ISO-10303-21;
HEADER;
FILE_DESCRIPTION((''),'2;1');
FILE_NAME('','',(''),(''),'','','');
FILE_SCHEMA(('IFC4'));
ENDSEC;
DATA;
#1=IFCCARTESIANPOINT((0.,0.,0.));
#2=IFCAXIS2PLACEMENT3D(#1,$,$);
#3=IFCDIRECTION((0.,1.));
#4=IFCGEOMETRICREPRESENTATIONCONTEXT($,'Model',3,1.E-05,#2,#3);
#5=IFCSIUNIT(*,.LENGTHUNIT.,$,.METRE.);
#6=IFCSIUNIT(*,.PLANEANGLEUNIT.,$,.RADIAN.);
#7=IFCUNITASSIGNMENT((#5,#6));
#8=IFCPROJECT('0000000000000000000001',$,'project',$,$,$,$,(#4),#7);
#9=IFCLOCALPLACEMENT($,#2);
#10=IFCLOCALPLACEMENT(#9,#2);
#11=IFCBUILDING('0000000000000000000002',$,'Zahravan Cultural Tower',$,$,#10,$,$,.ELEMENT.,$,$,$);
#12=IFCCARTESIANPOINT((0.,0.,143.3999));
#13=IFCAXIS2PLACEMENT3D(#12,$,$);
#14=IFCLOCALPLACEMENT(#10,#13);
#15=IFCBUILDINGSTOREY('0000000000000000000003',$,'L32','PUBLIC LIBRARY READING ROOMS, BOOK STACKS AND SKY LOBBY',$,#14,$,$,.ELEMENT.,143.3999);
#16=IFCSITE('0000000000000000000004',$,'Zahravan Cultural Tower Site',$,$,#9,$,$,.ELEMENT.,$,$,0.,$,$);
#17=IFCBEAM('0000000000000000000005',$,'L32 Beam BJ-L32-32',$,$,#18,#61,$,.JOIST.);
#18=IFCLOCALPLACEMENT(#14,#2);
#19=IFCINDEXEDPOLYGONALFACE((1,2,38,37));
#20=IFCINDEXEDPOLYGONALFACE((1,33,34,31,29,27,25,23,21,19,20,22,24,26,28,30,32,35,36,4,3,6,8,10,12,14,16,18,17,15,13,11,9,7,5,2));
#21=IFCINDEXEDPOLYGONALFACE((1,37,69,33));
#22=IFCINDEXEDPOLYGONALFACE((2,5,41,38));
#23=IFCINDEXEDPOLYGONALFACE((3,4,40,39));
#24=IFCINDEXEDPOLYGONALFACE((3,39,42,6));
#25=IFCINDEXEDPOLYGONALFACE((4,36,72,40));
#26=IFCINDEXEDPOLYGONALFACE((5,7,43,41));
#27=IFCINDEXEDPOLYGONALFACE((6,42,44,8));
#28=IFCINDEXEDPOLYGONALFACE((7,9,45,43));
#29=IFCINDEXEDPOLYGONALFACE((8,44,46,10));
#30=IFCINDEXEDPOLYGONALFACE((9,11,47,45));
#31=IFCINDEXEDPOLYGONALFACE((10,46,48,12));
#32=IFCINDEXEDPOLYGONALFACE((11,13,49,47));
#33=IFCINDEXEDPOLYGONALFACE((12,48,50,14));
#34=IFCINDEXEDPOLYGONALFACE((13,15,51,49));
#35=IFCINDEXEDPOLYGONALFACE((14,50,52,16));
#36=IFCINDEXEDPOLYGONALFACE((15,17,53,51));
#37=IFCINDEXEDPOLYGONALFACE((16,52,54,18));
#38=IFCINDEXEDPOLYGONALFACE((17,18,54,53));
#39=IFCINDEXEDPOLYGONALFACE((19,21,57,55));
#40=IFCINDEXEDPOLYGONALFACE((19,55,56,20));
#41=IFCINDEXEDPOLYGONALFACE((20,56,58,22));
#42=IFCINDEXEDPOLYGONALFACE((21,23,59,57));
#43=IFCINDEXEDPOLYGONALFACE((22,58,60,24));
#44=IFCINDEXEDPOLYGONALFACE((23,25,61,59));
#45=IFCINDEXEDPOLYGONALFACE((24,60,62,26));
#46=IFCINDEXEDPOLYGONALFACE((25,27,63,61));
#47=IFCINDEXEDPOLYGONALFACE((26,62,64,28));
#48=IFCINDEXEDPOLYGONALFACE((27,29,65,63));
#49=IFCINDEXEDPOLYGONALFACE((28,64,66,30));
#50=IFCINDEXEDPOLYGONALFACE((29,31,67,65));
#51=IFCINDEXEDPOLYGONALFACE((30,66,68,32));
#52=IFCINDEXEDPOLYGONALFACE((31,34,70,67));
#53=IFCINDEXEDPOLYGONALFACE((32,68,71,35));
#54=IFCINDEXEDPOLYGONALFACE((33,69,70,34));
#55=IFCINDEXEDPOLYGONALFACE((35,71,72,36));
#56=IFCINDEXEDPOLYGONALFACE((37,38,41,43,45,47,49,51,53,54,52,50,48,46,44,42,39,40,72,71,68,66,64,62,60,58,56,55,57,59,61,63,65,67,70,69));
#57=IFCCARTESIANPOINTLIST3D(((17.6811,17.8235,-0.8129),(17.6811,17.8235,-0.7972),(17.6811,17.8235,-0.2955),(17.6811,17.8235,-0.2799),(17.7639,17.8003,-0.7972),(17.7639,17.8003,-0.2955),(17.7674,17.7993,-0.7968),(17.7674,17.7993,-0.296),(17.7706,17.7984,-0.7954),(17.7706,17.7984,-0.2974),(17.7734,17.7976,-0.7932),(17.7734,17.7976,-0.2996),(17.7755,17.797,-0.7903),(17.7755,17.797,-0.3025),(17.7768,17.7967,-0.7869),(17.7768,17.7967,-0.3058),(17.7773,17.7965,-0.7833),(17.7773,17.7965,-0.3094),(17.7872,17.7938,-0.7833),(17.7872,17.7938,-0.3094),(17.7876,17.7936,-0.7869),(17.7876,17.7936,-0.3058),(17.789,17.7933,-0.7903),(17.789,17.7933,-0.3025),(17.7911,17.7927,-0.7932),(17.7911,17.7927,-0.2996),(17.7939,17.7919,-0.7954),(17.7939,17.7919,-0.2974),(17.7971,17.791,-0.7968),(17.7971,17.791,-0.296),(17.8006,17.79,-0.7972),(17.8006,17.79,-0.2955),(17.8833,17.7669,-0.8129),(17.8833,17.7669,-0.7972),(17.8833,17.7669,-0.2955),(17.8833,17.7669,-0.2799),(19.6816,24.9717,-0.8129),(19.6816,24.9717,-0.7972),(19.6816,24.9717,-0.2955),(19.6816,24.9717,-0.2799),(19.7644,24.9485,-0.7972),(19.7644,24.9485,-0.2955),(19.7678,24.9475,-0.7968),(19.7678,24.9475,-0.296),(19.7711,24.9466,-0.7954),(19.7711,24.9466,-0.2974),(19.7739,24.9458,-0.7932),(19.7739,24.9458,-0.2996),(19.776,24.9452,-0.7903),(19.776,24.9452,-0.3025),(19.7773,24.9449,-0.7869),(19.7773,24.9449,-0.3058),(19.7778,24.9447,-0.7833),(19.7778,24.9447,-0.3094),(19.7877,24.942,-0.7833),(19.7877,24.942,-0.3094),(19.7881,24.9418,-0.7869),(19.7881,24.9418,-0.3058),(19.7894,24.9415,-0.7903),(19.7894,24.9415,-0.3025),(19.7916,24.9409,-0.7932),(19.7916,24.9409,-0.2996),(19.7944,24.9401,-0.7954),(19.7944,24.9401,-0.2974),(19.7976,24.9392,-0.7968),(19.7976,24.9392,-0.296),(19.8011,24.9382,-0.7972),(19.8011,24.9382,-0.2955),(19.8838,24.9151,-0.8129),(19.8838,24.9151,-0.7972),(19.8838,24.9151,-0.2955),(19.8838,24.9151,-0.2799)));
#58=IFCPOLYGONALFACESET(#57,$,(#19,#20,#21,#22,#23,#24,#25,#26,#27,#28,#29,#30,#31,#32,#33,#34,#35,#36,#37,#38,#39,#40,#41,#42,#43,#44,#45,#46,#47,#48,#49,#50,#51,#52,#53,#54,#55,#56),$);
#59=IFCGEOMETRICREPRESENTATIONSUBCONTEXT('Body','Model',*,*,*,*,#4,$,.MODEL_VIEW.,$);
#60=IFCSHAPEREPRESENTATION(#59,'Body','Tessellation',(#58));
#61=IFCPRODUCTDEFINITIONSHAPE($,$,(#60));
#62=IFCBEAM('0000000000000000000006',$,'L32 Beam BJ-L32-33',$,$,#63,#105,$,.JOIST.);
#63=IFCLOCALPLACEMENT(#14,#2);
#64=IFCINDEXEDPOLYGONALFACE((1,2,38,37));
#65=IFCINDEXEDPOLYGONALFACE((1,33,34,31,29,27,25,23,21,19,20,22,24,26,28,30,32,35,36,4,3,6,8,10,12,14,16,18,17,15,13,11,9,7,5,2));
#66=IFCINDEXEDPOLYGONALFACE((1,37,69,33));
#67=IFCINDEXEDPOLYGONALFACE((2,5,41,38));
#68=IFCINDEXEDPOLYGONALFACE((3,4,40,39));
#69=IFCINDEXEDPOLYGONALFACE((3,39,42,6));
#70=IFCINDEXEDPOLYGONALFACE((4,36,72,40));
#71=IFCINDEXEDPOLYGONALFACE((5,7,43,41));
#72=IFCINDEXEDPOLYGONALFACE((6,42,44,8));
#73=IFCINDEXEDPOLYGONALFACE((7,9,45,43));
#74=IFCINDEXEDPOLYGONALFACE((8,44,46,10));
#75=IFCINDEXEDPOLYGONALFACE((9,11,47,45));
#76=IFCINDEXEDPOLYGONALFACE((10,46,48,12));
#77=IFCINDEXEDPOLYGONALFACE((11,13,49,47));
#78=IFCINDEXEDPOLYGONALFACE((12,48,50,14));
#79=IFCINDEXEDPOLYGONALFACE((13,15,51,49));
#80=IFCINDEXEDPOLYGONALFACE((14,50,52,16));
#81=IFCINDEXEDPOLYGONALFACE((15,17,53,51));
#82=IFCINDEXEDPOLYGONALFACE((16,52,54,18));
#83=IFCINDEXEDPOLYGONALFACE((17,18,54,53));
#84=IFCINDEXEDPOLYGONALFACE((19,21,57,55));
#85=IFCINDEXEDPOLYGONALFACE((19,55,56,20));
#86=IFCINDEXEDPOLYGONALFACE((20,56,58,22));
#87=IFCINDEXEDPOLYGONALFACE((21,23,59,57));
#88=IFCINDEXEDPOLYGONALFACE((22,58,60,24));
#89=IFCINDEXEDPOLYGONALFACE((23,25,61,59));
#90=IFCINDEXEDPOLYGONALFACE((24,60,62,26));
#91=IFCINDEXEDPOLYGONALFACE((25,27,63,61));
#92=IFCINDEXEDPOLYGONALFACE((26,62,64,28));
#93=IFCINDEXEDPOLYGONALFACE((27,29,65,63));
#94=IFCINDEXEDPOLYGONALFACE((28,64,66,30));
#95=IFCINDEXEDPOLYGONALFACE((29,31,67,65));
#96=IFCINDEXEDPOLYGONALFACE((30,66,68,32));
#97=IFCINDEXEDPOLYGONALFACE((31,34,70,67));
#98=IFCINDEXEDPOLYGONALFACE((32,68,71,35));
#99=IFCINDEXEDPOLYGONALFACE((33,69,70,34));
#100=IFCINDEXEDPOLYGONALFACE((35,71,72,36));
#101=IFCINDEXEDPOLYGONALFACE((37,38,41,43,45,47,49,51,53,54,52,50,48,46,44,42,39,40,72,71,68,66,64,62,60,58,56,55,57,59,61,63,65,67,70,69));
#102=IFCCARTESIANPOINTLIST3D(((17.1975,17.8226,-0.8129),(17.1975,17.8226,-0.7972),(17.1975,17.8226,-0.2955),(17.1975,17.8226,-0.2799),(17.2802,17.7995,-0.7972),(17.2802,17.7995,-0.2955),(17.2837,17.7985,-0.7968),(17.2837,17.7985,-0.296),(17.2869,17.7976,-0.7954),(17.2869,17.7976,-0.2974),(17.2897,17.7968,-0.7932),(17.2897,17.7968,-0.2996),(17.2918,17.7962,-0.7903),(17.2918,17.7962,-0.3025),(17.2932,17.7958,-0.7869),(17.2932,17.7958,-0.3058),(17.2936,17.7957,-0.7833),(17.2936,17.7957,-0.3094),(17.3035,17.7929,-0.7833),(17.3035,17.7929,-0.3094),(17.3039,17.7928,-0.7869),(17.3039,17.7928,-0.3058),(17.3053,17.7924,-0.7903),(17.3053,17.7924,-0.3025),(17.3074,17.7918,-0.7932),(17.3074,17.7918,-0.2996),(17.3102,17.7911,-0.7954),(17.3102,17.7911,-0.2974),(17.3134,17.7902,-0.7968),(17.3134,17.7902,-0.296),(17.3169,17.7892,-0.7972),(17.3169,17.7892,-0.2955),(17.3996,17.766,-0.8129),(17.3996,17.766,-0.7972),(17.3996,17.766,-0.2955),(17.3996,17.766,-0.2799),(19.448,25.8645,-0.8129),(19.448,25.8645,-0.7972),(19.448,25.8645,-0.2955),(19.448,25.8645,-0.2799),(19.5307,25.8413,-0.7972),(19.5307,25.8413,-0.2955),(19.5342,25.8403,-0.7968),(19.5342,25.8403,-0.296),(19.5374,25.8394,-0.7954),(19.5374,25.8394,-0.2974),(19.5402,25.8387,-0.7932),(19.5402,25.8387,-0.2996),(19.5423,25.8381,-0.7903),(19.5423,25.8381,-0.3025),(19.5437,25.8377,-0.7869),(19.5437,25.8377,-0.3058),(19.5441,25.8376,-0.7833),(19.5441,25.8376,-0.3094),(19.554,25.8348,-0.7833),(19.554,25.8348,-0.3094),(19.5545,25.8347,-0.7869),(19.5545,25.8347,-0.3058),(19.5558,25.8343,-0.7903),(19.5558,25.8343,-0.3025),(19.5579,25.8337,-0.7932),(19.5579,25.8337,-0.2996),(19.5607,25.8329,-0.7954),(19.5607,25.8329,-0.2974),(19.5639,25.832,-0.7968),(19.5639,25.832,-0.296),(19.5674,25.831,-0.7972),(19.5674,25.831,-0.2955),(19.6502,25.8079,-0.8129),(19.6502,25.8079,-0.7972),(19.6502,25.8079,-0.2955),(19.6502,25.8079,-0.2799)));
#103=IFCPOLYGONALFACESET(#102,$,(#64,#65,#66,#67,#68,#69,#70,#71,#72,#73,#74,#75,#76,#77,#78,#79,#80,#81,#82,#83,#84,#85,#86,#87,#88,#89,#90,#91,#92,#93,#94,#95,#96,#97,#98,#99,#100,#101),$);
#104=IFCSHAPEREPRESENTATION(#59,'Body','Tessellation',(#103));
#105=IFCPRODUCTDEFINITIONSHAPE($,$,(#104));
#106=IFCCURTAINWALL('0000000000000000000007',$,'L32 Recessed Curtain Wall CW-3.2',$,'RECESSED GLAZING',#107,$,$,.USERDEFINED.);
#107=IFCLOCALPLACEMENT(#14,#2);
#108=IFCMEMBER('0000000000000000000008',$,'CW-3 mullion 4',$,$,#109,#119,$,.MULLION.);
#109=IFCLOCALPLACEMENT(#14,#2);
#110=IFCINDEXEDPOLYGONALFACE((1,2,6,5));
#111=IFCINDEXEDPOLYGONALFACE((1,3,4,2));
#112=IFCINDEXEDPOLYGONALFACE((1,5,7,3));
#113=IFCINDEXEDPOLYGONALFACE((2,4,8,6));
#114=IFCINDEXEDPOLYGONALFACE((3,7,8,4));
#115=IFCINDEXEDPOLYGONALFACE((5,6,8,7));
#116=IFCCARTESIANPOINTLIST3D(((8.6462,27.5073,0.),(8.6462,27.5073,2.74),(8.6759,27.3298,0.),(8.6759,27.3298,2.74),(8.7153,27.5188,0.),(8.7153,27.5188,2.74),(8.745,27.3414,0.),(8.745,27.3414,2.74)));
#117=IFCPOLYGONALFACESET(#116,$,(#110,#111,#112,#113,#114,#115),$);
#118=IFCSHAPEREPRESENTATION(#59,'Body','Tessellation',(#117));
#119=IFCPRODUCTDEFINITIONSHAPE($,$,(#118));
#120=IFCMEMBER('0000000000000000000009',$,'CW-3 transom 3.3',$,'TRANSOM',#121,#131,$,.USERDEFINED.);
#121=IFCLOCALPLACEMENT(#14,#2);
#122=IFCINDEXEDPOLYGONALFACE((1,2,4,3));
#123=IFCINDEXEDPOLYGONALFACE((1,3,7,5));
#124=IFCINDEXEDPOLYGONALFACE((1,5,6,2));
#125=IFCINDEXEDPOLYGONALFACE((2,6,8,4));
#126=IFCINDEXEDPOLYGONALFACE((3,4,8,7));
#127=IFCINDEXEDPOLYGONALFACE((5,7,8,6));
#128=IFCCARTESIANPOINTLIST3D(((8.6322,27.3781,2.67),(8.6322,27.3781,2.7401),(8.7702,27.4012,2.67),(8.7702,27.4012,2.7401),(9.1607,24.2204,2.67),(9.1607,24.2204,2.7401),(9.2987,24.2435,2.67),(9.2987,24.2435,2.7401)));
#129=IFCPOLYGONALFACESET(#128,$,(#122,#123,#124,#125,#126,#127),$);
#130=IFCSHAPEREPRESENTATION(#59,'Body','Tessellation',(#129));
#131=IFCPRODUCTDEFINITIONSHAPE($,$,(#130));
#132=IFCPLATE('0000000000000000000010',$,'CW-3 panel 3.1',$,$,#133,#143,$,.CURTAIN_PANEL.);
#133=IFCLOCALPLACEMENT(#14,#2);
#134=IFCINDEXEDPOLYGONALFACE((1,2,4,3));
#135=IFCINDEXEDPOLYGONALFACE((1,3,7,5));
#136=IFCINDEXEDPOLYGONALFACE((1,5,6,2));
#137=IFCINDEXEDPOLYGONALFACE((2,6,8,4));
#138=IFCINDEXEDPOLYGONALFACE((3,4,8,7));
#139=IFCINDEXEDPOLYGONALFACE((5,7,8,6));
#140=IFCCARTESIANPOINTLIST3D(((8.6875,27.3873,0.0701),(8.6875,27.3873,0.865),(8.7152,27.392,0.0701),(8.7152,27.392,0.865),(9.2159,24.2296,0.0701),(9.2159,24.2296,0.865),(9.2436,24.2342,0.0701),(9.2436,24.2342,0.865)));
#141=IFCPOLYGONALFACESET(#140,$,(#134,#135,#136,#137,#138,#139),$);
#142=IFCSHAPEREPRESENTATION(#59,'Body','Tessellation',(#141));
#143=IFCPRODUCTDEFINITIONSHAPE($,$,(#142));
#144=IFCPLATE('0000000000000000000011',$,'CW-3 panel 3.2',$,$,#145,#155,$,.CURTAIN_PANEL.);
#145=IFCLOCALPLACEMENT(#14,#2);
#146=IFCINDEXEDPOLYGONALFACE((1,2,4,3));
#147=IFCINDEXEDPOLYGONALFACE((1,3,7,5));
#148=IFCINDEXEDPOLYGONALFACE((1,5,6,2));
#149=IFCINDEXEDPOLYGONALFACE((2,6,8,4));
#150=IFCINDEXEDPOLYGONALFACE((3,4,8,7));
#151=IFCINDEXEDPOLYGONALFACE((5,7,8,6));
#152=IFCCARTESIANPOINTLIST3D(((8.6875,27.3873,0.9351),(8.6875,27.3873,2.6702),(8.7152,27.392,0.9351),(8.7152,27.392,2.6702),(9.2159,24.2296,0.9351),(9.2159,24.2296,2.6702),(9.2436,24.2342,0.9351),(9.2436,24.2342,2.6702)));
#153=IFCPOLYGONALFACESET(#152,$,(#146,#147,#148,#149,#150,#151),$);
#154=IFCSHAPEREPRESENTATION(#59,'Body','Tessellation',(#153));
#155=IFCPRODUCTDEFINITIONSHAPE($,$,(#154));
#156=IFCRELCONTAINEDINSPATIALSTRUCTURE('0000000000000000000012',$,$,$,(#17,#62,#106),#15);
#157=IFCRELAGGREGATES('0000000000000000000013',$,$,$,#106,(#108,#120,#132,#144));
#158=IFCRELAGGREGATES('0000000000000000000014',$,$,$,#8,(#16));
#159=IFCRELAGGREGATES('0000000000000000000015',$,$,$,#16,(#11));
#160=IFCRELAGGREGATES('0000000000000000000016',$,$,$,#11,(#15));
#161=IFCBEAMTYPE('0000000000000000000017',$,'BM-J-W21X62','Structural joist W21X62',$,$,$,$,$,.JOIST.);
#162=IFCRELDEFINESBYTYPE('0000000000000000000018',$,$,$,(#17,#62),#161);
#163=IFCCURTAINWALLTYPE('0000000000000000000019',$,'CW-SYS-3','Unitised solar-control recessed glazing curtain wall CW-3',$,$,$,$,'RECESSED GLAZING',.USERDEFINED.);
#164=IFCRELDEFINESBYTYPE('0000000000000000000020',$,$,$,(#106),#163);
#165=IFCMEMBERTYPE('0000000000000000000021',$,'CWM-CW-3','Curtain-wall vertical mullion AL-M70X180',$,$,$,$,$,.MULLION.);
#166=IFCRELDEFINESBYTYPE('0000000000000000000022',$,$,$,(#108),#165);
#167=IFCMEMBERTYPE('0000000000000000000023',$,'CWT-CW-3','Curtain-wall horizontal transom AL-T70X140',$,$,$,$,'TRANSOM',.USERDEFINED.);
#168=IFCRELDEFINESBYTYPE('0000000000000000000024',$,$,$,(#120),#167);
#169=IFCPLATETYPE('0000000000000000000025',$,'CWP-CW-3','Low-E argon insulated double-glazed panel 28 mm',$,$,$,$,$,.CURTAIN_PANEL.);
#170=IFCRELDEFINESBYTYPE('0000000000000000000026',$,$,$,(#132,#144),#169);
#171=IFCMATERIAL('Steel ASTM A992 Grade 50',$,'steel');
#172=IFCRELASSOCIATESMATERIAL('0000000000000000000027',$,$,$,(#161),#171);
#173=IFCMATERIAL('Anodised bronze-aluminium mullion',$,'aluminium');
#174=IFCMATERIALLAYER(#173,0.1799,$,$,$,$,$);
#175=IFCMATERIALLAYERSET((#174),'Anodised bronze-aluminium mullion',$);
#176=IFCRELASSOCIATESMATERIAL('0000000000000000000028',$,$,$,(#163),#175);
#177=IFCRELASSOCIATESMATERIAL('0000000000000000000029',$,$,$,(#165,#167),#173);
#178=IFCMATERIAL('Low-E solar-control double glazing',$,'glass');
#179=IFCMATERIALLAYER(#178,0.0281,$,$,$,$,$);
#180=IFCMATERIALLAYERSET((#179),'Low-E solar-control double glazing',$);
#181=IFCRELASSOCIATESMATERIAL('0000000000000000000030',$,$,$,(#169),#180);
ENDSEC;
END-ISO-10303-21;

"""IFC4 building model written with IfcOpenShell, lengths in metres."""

from ifc_helpers import new_model, si_unit, direction, frame, origin, origin_2d, place, context, subcontext, project, spatial, rectangle, i_section, extrude, source, transform, mapped, material, layer, layer_set, material_profile, profile_set, type_object, element, aggregate, save


model = new_model("IFC4")

# Units and contexts
model_context = context("Model", 3, precision=1e-05, world=origin(), true_north=direction((0.0, 1.0)))
body_context = subcontext(model_context, "Body", "Model", "MODEL_VIEW")
ifc_project = project(units=[si_unit("LENGTHUNIT", "METRE"), si_unit("PLANEANGLEUNIT", "RADIAN")], contexts=[model_context])

# Site, building, storey
site_placement = place(None, origin())
site = spatial("IfcSite", under=ifc_project, at=site_placement, Name="Zahravan Cultural Tower Site", CompositionType="ELEMENT", RefElevation=0.0)
building_placement = place(site_placement, origin())
building = spatial("IfcBuilding", under=site, at=building_placement, Name="Zahravan Cultural Tower", CompositionType="ELEMENT")
storey_placement = place(building_placement, frame((0.0, 0.0, 143.3999)))
storey = spatial("IfcBuildingStorey", under=building, at=storey_placement, Name="L32", Description="PUBLIC LIBRARY READING ROOMS, BOOK STACKS AND SKY LOBBY", CompositionType="ELEMENT", Elevation=143.3999)

# Shared definitions
ifc_material_1 = material(Name="Steel ASTM A992 Grade 50", Category="steel")

# Beams
ifc_material_profile_1 = material_profile(ifc_material_1, i_section(OverallWidth=0.21, OverallDepth=0.533, WebThickness=0.0103, FlangeThickness=0.0156, FilletRadius=0.0139, at=origin_2d()), Name="W21X62")
ifc_profile_set_1 = profile_set([ifc_material_profile_1], Name="Steel ASTM A992 Grade 50")
beam_type_1 = type_object("IfcBeamType", Name="BM-J-W21X62", Description="Structural joist W21X62", PredefinedType="JOIST", material=ifc_profile_set_1)
shared_shape_1 = source(origin(), body_context, "Body", "SweptSolid", [
    extrude(i_section(OverallWidth=0.21, OverallDepth=0.533, WebThickness=0.0103, FlangeThickness=0.0156, FilletRadius=0.0139, at=origin_2d()), origin(), (0.0, 0.0, 1.0), 7.4229),
])
beam_1_placement = place(storey_placement, frame((19.7827, 24.9434, -0.5464), z_axis=(-0.269504, -0.962999, 0.0), x_axis=(0.962999, -0.269504, 0.0)))
element("IfcBeam", 1, at=beam_1_placement, inside=storey, type_object=beam_type_1, Name="L32 Beam BJ-L32-32", PredefinedType="JOIST", context=body_context, shape_type="MappedRepresentation", body=[
    mapped(shared_shape_1, transform((0.0, 0.0, 0.0), x_axis=(1.0, 0.0, 0.0), y_axis=(0.0, 1.0, 0.0), z_axis=(0.0, 0.0, 1.0), scale=1.0)),
])
shared_shape_2 = source(origin(), body_context, "Body", "SweptSolid", [
    extrude(i_section(OverallWidth=0.21, OverallDepth=0.533, WebThickness=0.0103, FlangeThickness=0.0156, FilletRadius=0.0139, at=origin_2d()), origin(), (0.0, 0.0, 1.0), 8.3508),
])
beam_2_placement = place(storey_placement, frame((19.5491, 25.8362, -0.5464), z_axis=(-0.269497, -0.963001, 0.0), x_axis=(0.963001, -0.269497, 0.0)))
element("IfcBeam", 2, at=beam_2_placement, inside=storey, type_object=beam_type_1, Name="L32 Beam BJ-L32-33", PredefinedType="JOIST", context=body_context, shape_type="MappedRepresentation", body=[
    mapped(shared_shape_2, transform((0.0, 0.0, 0.0), x_axis=(1.0, 0.0, 0.0), y_axis=(0.0, 1.0, 0.0), z_axis=(0.0, 0.0, 1.0), scale=1.0)),
])

# Curtain wall, members, plates
ifc_material_2 = material(Name="Anodised bronze-aluminium mullion", Category="aluminium")
ifc_layer_1 = layer(ifc_material_2, 0.1799)
ifc_layer_set_1 = layer_set([ifc_layer_1], Name="Anodised bronze-aluminium mullion")
curtain_wall_type = type_object("IfcCurtainWallType", Name="CW-SYS-3", Description="Unitised solar-control recessed glazing curtain wall CW-3", ElementType="RECESSED GLAZING", PredefinedType="USERDEFINED", material=ifc_layer_set_1)
curtain_wall_placement = place(storey_placement, origin())
curtain_wall = element("IfcCurtainWall", 3, at=curtain_wall_placement, inside=storey, type_object=curtain_wall_type, Name="L32 Recessed Curtain Wall CW-3.2", ObjectType="RECESSED GLAZING", PredefinedType="USERDEFINED")
ifc_material_profile_2 = material_profile(ifc_material_2, rectangle(XDim=0.0701, YDim=0.1799, at=origin_2d()), Name="AL-M70X180")
ifc_profile_set_2 = profile_set([ifc_material_profile_2], Name="Anodised bronze-aluminium mullion")
member_type_1 = type_object("IfcMemberType", Name="CWM-CW-3", Description="Curtain-wall vertical mullion AL-M70X180", PredefinedType="MULLION", material=ifc_profile_set_2)
shared_shape_3 = source(origin(), body_context, "Body", "SweptSolid", [
    extrude(rectangle(XDim=0.0701, YDim=0.1799, at=origin_2d()), origin(), (0.0, 0.0, 1.0), 2.74),
])
member_1_placement = place(storey_placement, frame((8.6956, 27.4243, 0.0), z_axis=(0.0, 0.0, 1.0), x_axis=(-0.986285, -0.165051, 0.0)))
member_1 = element("IfcMember", 4, at=member_1_placement, type_object=member_type_1, Name="CW-3 mullion 4", PredefinedType="MULLION", context=body_context, shape_type="MappedRepresentation", body=[
    mapped(shared_shape_3, transform((0.0, 0.0, 0.0), x_axis=(1.0, 0.0, 0.0), y_axis=(0.0, 1.0, 0.0), z_axis=(0.0, 0.0, 1.0), scale=1.0)),
])
ifc_material_profile_3 = material_profile(ifc_material_2, rectangle(XDim=0.1399, YDim=0.0701, at=origin_2d()), Name="AL-T70X140")
ifc_profile_set_3 = profile_set([ifc_material_profile_3], Name="Anodised bronze-aluminium mullion")
member_type_2 = type_object("IfcMemberType", Name="CWT-CW-3", Description="Curtain-wall horizontal transom AL-T70X140", ElementType="TRANSOM", PredefinedType="USERDEFINED", material=ifc_profile_set_3)
shared_shape_4 = source(origin(), body_context, "Body", "SweptSolid", [
    extrude(rectangle(XDim=0.1399, YDim=0.0701, at=origin_2d()), origin(), (0.0, 0.0, 1.0), 3.2017),
])
member_2_placement = place(storey_placement, frame((9.2297, 24.2319, 2.7051), z_axis=(-0.165091, 0.986278, 0.0), x_axis=(-0.986278, -0.165091, 0.0)))
member_2 = element("IfcMember", 5, at=member_2_placement, type_object=member_type_2, Name="CW-3 transom 3.3", ObjectType="TRANSOM", PredefinedType="USERDEFINED", context=body_context, shape_type="MappedRepresentation", body=[
    mapped(shared_shape_4, transform((0.0, 0.0, 0.0), x_axis=(1.0, 0.0, 0.0), y_axis=(0.0, 1.0, 0.0), z_axis=(0.0, 0.0, 1.0), scale=1.0)),
])
ifc_material_3 = material(Name="Low-E solar-control double glazing", Category="glass")
ifc_layer_2 = layer(ifc_material_3, 0.0281)
ifc_layer_set_2 = layer_set([ifc_layer_2], Name="Low-E solar-control double glazing")
plate_type = type_object("IfcPlateType", Name="CWP-CW-3", Description="Low-E argon insulated double-glazed panel 28 mm", PredefinedType="CURTAIN_PANEL", material=ifc_layer_set_2)
shared_shape_5 = source(origin(), body_context, "Body", "SweptSolid", [
    extrude(rectangle(XDim=3.2017, YDim=0.0281, at=origin_2d()), origin(), (0.0, 0.0, 1.0), 0.7949),
])
plate_1_placement = place(storey_placement, frame((8.9656, 25.8108, 0.0701), z_axis=(0.0, 0.0, 1.0), x_axis=(-0.165051, 0.986285, 0.0)))
plate_1 = element("IfcPlate", 6, at=plate_1_placement, type_object=plate_type, Name="CW-3 panel 3.1", PredefinedType="CURTAIN_PANEL", context=body_context, shape_type="MappedRepresentation", body=[
    mapped(shared_shape_5, transform((0.0, 0.0, 0.0), x_axis=(1.0, 0.0, 0.0), y_axis=(0.0, 1.0, 0.0), z_axis=(0.0, 0.0, 1.0), scale=1.0)),
])
shared_shape_6 = source(origin(), body_context, "Body", "SweptSolid", [
    extrude(rectangle(XDim=3.2017, YDim=0.0281, at=origin_2d()), origin(), (0.0, 0.0, 1.0), 1.7351),
])
plate_2_placement = place(storey_placement, frame((8.9656, 25.8108, 0.9351), z_axis=(0.0, 0.0, 1.0), x_axis=(-0.165051, 0.986285, 0.0)))
plate_2 = element("IfcPlate", 7, at=plate_2_placement, type_object=plate_type, Name="CW-3 panel 3.2", PredefinedType="CURTAIN_PANEL", context=body_context, shape_type="MappedRepresentation", body=[
    mapped(shared_shape_6, transform((0.0, 0.0, 0.0), x_axis=(1.0, 0.0, 0.0), y_axis=(0.0, 1.0, 0.0), z_axis=(0.0, 0.0, 1.0), scale=1.0)),
])
aggregate(curtain_wall, [member_1, member_2, plate_1, plate_2])

save(model, "model.ifc")
